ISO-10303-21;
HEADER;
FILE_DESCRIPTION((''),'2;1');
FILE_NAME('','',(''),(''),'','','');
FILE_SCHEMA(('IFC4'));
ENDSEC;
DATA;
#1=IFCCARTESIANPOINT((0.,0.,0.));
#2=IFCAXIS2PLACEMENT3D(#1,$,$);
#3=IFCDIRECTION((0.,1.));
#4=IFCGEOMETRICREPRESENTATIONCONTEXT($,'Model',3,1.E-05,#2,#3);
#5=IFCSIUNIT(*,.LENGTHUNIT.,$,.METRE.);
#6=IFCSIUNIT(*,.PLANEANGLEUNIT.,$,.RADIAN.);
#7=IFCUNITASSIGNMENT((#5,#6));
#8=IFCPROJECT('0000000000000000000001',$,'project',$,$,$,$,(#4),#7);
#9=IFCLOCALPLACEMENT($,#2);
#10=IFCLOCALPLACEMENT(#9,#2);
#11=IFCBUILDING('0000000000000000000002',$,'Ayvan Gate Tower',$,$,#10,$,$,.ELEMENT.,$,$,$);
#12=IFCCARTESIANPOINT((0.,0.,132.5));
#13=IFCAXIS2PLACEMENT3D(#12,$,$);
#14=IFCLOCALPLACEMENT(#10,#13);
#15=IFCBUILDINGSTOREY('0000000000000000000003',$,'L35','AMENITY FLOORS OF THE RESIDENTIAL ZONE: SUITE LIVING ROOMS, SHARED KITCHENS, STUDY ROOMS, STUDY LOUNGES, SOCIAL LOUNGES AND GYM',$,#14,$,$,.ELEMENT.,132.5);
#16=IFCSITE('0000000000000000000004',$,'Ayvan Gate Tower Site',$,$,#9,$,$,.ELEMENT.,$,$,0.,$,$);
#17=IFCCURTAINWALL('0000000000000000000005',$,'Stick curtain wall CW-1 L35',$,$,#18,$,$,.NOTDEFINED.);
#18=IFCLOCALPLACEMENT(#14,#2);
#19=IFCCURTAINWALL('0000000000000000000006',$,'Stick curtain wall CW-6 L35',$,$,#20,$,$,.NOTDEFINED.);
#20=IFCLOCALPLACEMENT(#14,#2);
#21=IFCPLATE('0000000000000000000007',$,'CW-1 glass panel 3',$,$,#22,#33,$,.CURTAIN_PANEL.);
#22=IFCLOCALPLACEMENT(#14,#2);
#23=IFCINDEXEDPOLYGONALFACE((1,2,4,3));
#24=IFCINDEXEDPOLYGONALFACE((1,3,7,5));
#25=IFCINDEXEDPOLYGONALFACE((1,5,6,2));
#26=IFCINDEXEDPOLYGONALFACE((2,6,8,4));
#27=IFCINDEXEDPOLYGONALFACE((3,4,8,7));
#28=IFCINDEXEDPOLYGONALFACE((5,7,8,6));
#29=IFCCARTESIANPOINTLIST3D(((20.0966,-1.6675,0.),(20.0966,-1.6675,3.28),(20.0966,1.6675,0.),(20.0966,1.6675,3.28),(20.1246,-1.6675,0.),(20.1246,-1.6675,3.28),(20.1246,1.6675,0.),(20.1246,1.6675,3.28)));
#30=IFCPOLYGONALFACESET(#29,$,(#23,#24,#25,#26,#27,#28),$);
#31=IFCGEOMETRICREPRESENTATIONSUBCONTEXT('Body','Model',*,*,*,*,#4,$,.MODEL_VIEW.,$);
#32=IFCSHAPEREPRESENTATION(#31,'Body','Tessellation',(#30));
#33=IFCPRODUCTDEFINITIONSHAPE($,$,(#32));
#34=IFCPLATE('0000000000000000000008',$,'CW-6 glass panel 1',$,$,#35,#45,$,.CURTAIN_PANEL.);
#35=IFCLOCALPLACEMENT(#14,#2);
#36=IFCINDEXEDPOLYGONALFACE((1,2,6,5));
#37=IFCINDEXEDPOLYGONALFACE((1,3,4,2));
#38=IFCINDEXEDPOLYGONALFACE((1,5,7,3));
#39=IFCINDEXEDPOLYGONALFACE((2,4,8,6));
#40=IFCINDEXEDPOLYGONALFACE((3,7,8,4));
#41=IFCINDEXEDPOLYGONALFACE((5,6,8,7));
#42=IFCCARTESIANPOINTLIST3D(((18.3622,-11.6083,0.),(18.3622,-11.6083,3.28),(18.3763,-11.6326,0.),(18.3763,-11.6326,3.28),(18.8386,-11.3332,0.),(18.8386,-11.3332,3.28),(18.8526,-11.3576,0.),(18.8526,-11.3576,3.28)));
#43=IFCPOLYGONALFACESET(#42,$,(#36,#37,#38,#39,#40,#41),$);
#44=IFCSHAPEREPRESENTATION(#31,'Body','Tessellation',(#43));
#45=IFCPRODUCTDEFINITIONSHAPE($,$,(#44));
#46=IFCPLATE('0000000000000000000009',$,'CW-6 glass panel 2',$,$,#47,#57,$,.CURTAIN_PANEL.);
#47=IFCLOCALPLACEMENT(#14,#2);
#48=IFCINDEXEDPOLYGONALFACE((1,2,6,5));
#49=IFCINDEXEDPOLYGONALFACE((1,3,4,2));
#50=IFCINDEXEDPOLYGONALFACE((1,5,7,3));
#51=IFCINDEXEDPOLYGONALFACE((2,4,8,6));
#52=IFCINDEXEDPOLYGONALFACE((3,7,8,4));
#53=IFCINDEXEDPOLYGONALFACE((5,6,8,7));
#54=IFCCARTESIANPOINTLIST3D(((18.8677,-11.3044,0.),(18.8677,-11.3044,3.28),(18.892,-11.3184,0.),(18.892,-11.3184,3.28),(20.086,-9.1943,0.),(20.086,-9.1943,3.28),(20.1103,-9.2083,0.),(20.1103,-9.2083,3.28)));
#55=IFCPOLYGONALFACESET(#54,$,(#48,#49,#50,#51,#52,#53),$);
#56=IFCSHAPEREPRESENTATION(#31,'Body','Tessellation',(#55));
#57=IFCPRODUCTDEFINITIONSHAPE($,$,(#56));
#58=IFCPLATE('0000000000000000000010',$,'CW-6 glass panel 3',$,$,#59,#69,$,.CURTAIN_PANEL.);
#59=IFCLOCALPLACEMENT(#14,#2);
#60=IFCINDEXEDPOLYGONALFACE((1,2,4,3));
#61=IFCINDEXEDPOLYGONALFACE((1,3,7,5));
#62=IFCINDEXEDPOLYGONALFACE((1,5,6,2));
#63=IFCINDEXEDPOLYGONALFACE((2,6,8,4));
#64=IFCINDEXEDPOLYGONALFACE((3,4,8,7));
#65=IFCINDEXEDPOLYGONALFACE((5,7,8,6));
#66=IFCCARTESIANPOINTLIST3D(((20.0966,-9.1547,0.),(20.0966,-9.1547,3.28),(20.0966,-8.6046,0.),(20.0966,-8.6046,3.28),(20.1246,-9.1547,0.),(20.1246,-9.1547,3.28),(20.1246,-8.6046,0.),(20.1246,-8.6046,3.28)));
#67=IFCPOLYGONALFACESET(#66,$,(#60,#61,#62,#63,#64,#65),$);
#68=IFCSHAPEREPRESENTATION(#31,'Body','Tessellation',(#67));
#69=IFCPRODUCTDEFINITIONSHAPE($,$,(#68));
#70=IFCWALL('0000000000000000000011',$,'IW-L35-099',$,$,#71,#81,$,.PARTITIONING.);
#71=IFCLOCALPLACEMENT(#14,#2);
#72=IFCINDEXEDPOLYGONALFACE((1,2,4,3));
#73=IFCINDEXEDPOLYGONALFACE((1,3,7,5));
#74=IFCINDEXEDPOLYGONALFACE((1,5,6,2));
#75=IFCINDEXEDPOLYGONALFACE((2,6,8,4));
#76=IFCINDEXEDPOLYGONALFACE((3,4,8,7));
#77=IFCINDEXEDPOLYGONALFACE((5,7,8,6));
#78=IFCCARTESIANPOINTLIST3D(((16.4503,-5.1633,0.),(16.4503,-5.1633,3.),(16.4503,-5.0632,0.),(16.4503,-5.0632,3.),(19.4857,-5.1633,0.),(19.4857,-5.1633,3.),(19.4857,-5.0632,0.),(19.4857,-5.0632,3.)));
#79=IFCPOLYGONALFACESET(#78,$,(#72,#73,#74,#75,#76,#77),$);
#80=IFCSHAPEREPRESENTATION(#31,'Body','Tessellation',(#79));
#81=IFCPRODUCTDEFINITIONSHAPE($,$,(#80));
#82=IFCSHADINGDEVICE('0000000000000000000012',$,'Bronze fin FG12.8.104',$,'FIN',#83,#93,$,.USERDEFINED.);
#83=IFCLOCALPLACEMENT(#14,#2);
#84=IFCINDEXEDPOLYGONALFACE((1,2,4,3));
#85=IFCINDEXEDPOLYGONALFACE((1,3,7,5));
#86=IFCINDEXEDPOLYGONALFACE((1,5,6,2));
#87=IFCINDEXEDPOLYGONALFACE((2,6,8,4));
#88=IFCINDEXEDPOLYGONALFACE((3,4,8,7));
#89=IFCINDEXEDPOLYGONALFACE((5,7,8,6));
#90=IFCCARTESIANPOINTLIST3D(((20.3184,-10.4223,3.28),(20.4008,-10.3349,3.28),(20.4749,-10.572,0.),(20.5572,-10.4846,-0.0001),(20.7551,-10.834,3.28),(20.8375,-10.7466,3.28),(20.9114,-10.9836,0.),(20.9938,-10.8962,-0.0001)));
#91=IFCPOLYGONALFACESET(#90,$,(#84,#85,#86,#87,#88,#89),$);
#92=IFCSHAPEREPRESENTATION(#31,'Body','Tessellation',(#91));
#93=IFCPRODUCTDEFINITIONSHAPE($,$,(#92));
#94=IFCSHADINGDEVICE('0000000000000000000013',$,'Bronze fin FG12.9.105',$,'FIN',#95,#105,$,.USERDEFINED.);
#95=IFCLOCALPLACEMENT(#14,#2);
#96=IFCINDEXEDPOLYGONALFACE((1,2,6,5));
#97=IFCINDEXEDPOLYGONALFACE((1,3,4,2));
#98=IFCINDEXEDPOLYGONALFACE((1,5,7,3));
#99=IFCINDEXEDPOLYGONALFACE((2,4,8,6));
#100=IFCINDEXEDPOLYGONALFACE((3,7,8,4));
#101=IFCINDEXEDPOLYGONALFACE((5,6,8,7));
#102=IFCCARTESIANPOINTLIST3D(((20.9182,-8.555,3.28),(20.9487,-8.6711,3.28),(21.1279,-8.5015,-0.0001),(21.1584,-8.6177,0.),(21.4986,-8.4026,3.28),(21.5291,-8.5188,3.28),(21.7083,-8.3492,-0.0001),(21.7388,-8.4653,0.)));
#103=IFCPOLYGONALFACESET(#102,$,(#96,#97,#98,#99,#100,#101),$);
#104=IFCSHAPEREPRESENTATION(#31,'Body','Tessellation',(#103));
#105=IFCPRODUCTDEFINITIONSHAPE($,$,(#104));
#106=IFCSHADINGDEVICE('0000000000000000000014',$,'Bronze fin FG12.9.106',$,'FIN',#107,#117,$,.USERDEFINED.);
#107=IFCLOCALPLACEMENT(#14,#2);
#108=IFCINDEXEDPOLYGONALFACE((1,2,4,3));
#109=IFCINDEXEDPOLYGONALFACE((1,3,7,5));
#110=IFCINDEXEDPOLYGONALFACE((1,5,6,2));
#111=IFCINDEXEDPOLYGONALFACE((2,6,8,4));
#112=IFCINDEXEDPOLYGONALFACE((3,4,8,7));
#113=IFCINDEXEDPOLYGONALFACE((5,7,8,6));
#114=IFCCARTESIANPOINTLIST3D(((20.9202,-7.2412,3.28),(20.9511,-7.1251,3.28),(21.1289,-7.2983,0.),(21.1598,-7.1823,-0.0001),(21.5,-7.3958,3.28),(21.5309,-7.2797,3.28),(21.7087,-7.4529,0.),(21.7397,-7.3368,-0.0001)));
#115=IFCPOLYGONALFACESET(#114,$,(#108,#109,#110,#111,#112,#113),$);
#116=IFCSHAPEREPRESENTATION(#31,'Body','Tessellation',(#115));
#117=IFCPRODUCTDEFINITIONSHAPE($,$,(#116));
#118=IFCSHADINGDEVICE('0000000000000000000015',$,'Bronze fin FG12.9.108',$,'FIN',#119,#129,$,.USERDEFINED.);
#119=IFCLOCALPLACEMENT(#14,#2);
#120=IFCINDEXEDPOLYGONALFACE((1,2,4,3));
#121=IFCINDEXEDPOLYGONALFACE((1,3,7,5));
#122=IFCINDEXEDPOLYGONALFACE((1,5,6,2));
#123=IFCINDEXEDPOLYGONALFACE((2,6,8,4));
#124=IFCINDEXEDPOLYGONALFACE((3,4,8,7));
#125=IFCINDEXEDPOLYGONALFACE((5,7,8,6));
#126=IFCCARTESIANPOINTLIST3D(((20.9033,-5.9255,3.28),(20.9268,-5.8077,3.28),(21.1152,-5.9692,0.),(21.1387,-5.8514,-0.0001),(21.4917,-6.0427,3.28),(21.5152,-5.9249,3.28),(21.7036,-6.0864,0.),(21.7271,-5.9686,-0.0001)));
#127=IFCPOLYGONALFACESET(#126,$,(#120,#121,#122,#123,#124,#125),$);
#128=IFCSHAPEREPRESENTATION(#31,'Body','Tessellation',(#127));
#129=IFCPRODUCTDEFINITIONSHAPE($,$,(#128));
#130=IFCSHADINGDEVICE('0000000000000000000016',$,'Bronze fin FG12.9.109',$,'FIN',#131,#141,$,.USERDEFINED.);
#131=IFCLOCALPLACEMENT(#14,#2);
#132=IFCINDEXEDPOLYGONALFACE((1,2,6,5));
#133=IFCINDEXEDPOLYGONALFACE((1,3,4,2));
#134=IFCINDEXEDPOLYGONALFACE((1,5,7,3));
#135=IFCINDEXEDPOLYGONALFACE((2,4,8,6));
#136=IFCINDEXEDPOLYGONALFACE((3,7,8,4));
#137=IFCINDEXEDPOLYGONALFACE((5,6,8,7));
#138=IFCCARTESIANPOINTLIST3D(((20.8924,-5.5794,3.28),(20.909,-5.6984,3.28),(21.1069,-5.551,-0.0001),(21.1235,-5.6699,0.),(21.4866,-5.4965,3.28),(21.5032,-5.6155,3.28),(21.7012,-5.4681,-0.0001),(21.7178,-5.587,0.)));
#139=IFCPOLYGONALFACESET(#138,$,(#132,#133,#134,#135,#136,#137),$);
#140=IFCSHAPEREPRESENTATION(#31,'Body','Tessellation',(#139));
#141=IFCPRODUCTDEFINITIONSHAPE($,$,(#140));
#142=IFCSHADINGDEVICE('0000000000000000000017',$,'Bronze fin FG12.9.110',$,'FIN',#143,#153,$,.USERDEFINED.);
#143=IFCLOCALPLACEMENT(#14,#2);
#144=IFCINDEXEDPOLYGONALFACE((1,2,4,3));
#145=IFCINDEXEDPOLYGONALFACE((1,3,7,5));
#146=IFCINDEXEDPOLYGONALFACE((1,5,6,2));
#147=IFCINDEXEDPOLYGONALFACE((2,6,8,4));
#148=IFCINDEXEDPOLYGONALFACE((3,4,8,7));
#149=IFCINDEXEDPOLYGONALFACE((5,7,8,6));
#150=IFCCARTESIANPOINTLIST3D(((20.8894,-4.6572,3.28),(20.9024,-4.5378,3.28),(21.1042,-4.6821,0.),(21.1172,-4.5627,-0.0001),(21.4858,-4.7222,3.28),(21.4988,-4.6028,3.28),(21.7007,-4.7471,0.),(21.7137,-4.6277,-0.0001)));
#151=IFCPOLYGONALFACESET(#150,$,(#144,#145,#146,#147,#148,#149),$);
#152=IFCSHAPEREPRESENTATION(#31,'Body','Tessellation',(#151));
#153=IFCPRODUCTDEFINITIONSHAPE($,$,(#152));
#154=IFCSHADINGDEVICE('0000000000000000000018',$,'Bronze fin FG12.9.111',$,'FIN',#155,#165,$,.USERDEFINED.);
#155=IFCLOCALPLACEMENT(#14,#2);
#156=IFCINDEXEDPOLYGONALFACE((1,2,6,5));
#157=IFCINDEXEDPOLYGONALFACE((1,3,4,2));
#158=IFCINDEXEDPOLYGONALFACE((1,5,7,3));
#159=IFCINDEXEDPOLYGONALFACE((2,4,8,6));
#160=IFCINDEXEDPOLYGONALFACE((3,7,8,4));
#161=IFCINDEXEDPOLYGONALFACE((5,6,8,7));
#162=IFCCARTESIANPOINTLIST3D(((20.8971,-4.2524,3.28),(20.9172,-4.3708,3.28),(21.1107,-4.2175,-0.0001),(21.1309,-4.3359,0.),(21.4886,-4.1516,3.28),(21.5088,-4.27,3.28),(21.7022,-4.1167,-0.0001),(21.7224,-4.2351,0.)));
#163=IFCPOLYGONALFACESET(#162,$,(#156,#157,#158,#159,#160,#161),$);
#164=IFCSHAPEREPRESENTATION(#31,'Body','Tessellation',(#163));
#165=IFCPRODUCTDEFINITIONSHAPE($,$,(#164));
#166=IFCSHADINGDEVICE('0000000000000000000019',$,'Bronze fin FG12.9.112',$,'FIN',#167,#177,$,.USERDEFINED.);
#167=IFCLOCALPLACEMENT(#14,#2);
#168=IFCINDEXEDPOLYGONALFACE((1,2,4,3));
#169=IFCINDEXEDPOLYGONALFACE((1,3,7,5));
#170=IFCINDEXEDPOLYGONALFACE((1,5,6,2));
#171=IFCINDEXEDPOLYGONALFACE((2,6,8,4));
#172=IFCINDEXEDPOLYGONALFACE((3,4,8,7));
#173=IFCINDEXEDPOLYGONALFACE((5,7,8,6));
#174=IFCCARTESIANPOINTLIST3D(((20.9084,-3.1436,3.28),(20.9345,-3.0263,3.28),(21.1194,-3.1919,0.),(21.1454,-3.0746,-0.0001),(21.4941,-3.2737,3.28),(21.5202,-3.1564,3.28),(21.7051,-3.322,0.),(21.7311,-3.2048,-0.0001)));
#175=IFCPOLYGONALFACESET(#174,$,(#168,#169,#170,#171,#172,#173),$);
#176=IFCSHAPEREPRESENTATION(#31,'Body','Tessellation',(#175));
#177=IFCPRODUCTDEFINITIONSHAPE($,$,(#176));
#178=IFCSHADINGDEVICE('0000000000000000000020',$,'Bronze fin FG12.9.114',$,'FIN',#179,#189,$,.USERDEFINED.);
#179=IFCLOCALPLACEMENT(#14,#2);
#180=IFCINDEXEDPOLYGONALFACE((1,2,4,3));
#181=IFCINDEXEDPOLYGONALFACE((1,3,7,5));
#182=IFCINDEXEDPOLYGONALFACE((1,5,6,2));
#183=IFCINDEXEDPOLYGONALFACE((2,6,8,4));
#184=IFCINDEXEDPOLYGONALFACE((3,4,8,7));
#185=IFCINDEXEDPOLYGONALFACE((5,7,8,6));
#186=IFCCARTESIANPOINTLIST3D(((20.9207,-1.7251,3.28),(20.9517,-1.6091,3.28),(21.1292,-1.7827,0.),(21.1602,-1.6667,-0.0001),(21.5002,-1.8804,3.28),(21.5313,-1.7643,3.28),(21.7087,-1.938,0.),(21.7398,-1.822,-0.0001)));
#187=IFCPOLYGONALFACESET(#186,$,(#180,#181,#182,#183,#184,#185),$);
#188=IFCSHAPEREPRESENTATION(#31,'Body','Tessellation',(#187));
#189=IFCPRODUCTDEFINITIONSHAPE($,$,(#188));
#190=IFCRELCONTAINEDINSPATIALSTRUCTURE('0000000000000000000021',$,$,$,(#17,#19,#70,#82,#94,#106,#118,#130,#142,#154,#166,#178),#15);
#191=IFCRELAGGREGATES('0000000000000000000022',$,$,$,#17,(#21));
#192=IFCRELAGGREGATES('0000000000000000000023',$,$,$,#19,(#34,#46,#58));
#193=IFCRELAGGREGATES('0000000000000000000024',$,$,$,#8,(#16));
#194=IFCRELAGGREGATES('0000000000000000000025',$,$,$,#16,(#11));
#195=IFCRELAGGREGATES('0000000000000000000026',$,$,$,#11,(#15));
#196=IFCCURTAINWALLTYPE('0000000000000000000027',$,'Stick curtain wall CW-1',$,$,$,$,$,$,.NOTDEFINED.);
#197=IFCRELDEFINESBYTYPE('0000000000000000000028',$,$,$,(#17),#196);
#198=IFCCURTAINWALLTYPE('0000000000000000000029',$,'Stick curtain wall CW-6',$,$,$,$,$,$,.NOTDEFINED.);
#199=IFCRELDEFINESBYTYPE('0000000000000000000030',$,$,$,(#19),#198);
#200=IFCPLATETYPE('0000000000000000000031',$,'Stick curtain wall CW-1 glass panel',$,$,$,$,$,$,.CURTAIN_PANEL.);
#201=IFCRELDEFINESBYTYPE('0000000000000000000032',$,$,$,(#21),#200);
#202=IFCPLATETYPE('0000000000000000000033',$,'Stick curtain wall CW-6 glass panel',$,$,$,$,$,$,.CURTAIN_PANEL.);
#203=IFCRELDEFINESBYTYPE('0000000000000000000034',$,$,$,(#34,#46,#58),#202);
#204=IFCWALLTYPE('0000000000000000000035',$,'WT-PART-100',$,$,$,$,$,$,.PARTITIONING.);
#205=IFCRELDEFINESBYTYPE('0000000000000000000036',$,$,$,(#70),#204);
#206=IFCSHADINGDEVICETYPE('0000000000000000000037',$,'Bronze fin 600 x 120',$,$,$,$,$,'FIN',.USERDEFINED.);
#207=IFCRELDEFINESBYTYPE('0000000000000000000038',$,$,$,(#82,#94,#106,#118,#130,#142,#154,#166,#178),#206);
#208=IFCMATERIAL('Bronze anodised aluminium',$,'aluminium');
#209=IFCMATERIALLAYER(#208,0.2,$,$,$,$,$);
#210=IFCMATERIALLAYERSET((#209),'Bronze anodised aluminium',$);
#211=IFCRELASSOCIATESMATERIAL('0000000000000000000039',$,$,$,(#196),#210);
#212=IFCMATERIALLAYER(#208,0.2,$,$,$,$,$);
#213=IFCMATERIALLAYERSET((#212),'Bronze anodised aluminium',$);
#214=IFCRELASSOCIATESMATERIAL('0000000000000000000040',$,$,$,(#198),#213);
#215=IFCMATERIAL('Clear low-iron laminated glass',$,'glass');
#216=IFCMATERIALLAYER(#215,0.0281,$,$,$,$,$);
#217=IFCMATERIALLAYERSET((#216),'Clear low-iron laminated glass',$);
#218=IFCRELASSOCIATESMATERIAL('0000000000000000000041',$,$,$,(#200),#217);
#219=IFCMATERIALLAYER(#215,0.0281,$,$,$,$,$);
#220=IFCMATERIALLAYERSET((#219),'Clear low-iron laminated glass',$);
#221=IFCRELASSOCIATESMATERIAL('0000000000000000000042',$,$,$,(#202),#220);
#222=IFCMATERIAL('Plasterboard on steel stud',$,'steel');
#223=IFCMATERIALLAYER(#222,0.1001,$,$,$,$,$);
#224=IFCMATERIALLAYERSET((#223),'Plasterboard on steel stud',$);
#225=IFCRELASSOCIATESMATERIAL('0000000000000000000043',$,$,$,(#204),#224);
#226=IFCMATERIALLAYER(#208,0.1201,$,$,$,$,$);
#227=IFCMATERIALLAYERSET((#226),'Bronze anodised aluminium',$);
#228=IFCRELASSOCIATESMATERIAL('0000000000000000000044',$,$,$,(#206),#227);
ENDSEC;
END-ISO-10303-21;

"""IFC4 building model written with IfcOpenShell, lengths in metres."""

from ifc_helpers import new_model, si_unit, direction, frame, frame_2d, origin, origin_2d, place, context, subcontext, project, spatial, polyline, rectangle, outline, extrude, material, layer, layer_set, type_object, element, aggregate, save


model = new_model("IFC4")

# Units and contexts
model_context = context("Model", 3, precision=1e-05, world=origin(), true_north=direction((0.0, 1.0)))
body_context = subcontext(model_context, "Body", "Model", "MODEL_VIEW")
ifc_project = project(units=[si_unit("LENGTHUNIT", "METRE"), si_unit("PLANEANGLEUNIT", "RADIAN")], contexts=[model_context])

# Site, building, storey
site_placement = place(None, origin())
site = spatial("IfcSite", under=ifc_project, at=site_placement, Name="Ayvan Gate Tower Site", CompositionType="ELEMENT", RefElevation=0.0)
building_placement = place(site_placement, origin())
building = spatial("IfcBuilding", under=site, at=building_placement, Name="Ayvan Gate Tower", CompositionType="ELEMENT")
storey_placement = place(building_placement, frame((0.0, 0.0, 132.5)))
storey = spatial("IfcBuildingStorey", under=building, at=storey_placement, Name="L35", Description="AMENITY FLOORS OF THE RESIDENTIAL ZONE: SUITE LIVING ROOMS, SHARED KITCHENS, STUDY ROOMS, STUDY LOUNGES, SOCIAL LOUNGES AND GYM", CompositionType="ELEMENT", Elevation=132.5)

# Curtain walls
ifc_material_1 = material(Name="Bronze anodised aluminium", Category="aluminium")
ifc_layer_1 = layer(ifc_material_1, 0.2)
ifc_layer_set_1 = layer_set([ifc_layer_1], Name="Bronze anodised aluminium")
curtain_wall_type_1 = type_object("IfcCurtainWallType", Name="Stick curtain wall CW-1", PredefinedType="NOTDEFINED", material=ifc_layer_set_1)
curtain_wall_1_placement = place(storey_placement, origin())
curtain_wall_1 = element("IfcCurtainWall", 1, at=curtain_wall_1_placement, inside=storey, type_object=curtain_wall_type_1, Name="Stick curtain wall CW-1 L35", PredefinedType="NOTDEFINED")
ifc_layer_2 = layer(ifc_material_1, 0.2)
ifc_layer_set_2 = layer_set([ifc_layer_2], Name="Bronze anodised aluminium")
curtain_wall_type_2 = type_object("IfcCurtainWallType", Name="Stick curtain wall CW-6", PredefinedType="NOTDEFINED", material=ifc_layer_set_2)
curtain_wall_2_placement = place(storey_placement, origin())
curtain_wall_2 = element("IfcCurtainWall", 2, at=curtain_wall_2_placement, inside=storey, type_object=curtain_wall_type_2, Name="Stick curtain wall CW-6 L35", PredefinedType="NOTDEFINED")

# Plates
ifc_material_2 = material(Name="Clear low-iron laminated glass", Category="glass")
ifc_layer_3 = layer(ifc_material_2, 0.0281)
ifc_layer_set_3 = layer_set([ifc_layer_3], Name="Clear low-iron laminated glass")
plate_type_1 = type_object("IfcPlateType", Name="Stick curtain wall CW-1 glass panel", PredefinedType="CURTAIN_PANEL", material=ifc_layer_set_3)
plate_1_placement = place(storey_placement, frame((20.1106, 0.0, 0.0), z_axis=(0.0, 0.0, 1.0), x_axis=(0.0, 1.0, 0.0)))
plate_1 = element("IfcPlate", 3, at=plate_1_placement, type_object=plate_type_1, Name="CW-1 glass panel 3", PredefinedType="CURTAIN_PANEL", context=body_context, shape_type="SweptSolid", body=[
    extrude(rectangle(XDim=3.335, YDim=0.0281, at=origin_2d()), origin(), (0.0, 0.0, 1.0), 3.28),
])
aggregate(curtain_wall_1, [plate_1])
ifc_layer_4 = layer(ifc_material_2, 0.0281)
ifc_layer_set_4 = layer_set([ifc_layer_4], Name="Clear low-iron laminated glass")
plate_type_2 = type_object("IfcPlateType", Name="Stick curtain wall CW-6 glass panel", PredefinedType="CURTAIN_PANEL", material=ifc_layer_set_4)
plate_2_placement = place(storey_placement, frame((18.6074, -11.4829, 0.0), z_axis=(0.0, 0.0, 1.0), x_axis=(0.866025, 0.5, 0.0)))
plate_2 = element("IfcPlate", 4, at=plate_2_placement, type_object=plate_type_2, Name="CW-6 glass panel 1", PredefinedType="CURTAIN_PANEL", context=body_context, shape_type="SweptSolid", body=[
    extrude(rectangle(XDim=0.55, YDim=0.0281, at=origin_2d()), origin(), (0.0, 0.0, 1.0), 3.28),
])
plate_3_placement = place(storey_placement, frame((19.489, -10.2563, 0.0), z_axis=(0.0, 0.0, 1.0), x_axis=(0.5, 0.866025, 0.0)))
plate_3 = element("IfcPlate", 5, at=plate_3_placement, type_object=plate_type_2, Name="CW-6 glass panel 2", PredefinedType="CURTAIN_PANEL", context=body_context, shape_type="SweptSolid", body=[
    extrude(rectangle(XDim=2.4365, YDim=0.0281, at=origin_2d()), origin(), (0.0, 0.0, 1.0), 3.28),
])
plate_4_placement = place(storey_placement, frame((20.1106, -8.8796, 0.0), z_axis=(0.0, 0.0, 1.0), x_axis=(0.0, 1.0, 0.0)))
plate_4 = element("IfcPlate", 6, at=plate_4_placement, type_object=plate_type_2, Name="CW-6 glass panel 3", PredefinedType="CURTAIN_PANEL", context=body_context, shape_type="SweptSolid", body=[
    extrude(rectangle(XDim=0.55, YDim=0.0281, at=origin_2d()), origin(), (0.0, 0.0, 1.0), 3.28),
])
aggregate(curtain_wall_2, [plate_2, plate_3, plate_4])

# Wall
ifc_material_3 = material(Name="Plasterboard on steel stud", Category="steel")
ifc_layer_5 = layer(ifc_material_3, 0.1001)
ifc_layer_set_5 = layer_set([ifc_layer_5], Name="Plasterboard on steel stud")
wall_type = type_object("IfcWallType", Name="WT-PART-100", PredefinedType="PARTITIONING", material=ifc_layer_set_5)
wall_placement = place(storey_placement, frame((19.4856, -5.1133, 0.0), z_axis=(0.0, 0.0, 1.0), x_axis=(-1.0, 0.0, 0.0)))
element("IfcWall", 7, at=wall_placement, inside=storey, type_object=wall_type, Name="IW-L35-099", PredefinedType="PARTITIONING", context=body_context, shape_type="SweptSolid", body=[
    extrude(rectangle(XDim=3.0354, YDim=0.1001, at=frame_2d((1.5176, 0.0))), origin(), (0.0, 0.0, 1.0), 3.0),
])

# Shading devices
ifc_layer_6 = layer(ifc_material_1, 0.1201)
ifc_layer_set_6 = layer_set([ifc_layer_6], Name="Bronze anodised aluminium")
shading_device_type = type_object("IfcShadingDeviceType", Name="Bronze fin 600 x 120", ElementType="FIN", PredefinedType="USERDEFINED", material=ifc_layer_set_6)
shading_device_1_placement = place(storey_placement, frame((20.4749, -10.572, 0.0), z_axis=(-0.685948, -0.72765, 0.000499), x_axis=(0.72765, -0.685948, 0.0)))
element("IfcShadingDevice", 8, at=shading_device_1_placement, inside=storey, type_object=shading_device_type, Name="Bronze fin FG12.8.104", ObjectType="FIN", PredefinedType="USERDEFINED", context=body_context, shape_type="SweptSolid", body=[
    extrude(outline(polyline([(0.0, 0.0), (0.6, 0.0), (0.3836, 3.28), (-0.2165, 3.28), (0.0, 0.0)])), origin(), (0.0, 0.0, -1.0), 0.1201),
])
shading_device_2_placement = place(storey_placement, frame((21.1584, -8.6177, 0.0), z_axis=(0.253912, -0.967227, 0.000468), x_axis=(0.967227, 0.253912, 0.0)))
element("IfcShadingDevice", 9, at=shading_device_2_placement, inside=storey, type_object=shading_device_type, Name="Bronze fin FG12.9.105", ObjectType="FIN", PredefinedType="USERDEFINED", context=body_context, shape_type="SweptSolid", body=[
    extrude(outline(polyline([(0.0, 0.0), (0.6, 0.0), (0.3836, 3.28), (-0.2164, 3.28), (0.0, 0.0)])), origin(), (0.0, 0.0, -1.0), 0.1201),
])
shading_device_3_placement = place(storey_placement, frame((21.1289, -7.2983, 0.0), z_axis=(-0.257536, -0.966269, 0.00044), x_axis=(0.966269, -0.257536, 0.0)))
element("IfcShadingDevice", 10, at=shading_device_3_placement, inside=storey, type_object=shading_device_type, Name="Bronze fin FG12.9.106", ObjectType="FIN", PredefinedType="USERDEFINED", context=body_context, shape_type="SweptSolid", body=[
    extrude(outline(polyline([(0.0, 0.0), (0.6001, 0.0), (0.3837, 3.28), (-0.2164, 3.28), (0.0, 0.0)])), origin(), (0.0, 0.0, -1.0), 0.1201),
])
shading_device_4_placement = place(storey_placement, frame((21.1152, -5.9692, 0.0), z_axis=(-0.195333, -0.980737, 0.000447), x_axis=(0.980737, -0.195333, 0.0)))
element("IfcShadingDevice", 11, at=shading_device_4_placement, inside=storey, type_object=shading_device_type, Name="Bronze fin FG12.9.108", ObjectType="FIN", PredefinedType="USERDEFINED", context=body_context, shape_type="SweptSolid", body=[
    extrude(outline(polyline([(0.0, 0.0), (0.5999, 0.0), (0.3836, 3.28), (-0.2164, 3.28), (0.0, 0.0)])), origin(), (0.0, 0.0, -1.0), 0.1201),
])
shading_device_5_placement = place(storey_placement, frame((21.1235, -5.6699, 0.0), z_axis=(0.138145, -0.990412, 0.00045), x_axis=(0.990412, 0.138145, 0.0)))
element("IfcShadingDevice", 12, at=shading_device_5_placement, inside=storey, type_object=shading_device_type, Name="Bronze fin FG12.9.109", ObjectType="FIN", PredefinedType="USERDEFINED", context=body_context, shape_type="SweptSolid", body=[
    extrude(outline(polyline([(0.0, 0.0), (0.6, 0.0), (0.3835, 3.28), (-0.2165, 3.28), (0.0, 0.0)])), origin(), (0.0, 0.0, -1.0), 0.1201),
])
shading_device_6_placement = place(storey_placement, frame((21.1042, -4.6821, 0.0), z_axis=(-0.108243, -0.994124, 0.000458), x_axis=(0.994124, -0.108243, 0.0)))
element("IfcShadingDevice", 13, at=shading_device_6_placement, inside=storey, type_object=shading_device_type, Name="Bronze fin FG12.9.110", ObjectType="FIN", PredefinedType="USERDEFINED", context=body_context, shape_type="SweptSolid", body=[
    extrude(outline(polyline([(0.0, 0.0), (0.6, 0.0), (0.3837, 3.28), (-0.2163, 3.28), (0.0, 0.0)])), origin(), (0.0, 0.0, -1.0), 0.1201),
])
shading_device_7_placement = place(storey_placement, frame((21.1309, -4.3359, 0.0), z_axis=(0.168026, -0.985782, 0.000451), x_axis=(0.985782, 0.168026, 0.0)))
element("IfcShadingDevice", 14, at=shading_device_7_placement, inside=storey, type_object=shading_device_type, Name="Bronze fin FG12.9.111", ObjectType="FIN", PredefinedType="USERDEFINED", context=body_context, shape_type="SweptSolid", body=[
    extrude(outline(polyline([(0.0, 0.0), (0.6001, 0.0), (0.3836, 3.28), (-0.2165, 3.28), (0.0, 0.0)])), origin(), (0.0, 0.0, -1.0), 0.1201),
])
shading_device_8_placement = place(storey_placement, frame((21.1194, -3.1919, 0.0), z_axis=(-0.216887, -0.976197, 0.000439), x_axis=(0.976197, -0.216887, 0.0)))
element("IfcShadingDevice", 15, at=shading_device_8_placement, inside=storey, type_object=shading_device_type, Name="Bronze fin FG12.9.112", ObjectType="FIN", PredefinedType="USERDEFINED", context=body_context, shape_type="SweptSolid", body=[
    extrude(outline(polyline([(0.0, 0.0), (0.6, 0.0), (0.3836, 3.28), (-0.2164, 3.28), (0.0, 0.0)])), origin(), (0.0, 0.0, -1.0), 0.1201),
])
shading_device_9_placement = place(storey_placement, frame((21.1292, -1.7827, 0.0), z_axis=(-0.258777, -0.965937, 0.000518), x_axis=(0.965937, -0.258777, 0.0)))
element("IfcShadingDevice", 16, at=shading_device_9_placement, inside=storey, type_object=shading_device_type, Name="Bronze fin FG12.9.114", ObjectType="FIN", PredefinedType="USERDEFINED", context=body_context, shape_type="SweptSolid", body=[
    extrude(outline(polyline([(0.0, 0.0), (0.6, 0.0), (0.3837, 3.28), (-0.2163, 3.28), (0.0, 0.0)])), origin(), (0.0, 0.0, -1.0), 0.1201),
])

save(model, "model.ifc")
